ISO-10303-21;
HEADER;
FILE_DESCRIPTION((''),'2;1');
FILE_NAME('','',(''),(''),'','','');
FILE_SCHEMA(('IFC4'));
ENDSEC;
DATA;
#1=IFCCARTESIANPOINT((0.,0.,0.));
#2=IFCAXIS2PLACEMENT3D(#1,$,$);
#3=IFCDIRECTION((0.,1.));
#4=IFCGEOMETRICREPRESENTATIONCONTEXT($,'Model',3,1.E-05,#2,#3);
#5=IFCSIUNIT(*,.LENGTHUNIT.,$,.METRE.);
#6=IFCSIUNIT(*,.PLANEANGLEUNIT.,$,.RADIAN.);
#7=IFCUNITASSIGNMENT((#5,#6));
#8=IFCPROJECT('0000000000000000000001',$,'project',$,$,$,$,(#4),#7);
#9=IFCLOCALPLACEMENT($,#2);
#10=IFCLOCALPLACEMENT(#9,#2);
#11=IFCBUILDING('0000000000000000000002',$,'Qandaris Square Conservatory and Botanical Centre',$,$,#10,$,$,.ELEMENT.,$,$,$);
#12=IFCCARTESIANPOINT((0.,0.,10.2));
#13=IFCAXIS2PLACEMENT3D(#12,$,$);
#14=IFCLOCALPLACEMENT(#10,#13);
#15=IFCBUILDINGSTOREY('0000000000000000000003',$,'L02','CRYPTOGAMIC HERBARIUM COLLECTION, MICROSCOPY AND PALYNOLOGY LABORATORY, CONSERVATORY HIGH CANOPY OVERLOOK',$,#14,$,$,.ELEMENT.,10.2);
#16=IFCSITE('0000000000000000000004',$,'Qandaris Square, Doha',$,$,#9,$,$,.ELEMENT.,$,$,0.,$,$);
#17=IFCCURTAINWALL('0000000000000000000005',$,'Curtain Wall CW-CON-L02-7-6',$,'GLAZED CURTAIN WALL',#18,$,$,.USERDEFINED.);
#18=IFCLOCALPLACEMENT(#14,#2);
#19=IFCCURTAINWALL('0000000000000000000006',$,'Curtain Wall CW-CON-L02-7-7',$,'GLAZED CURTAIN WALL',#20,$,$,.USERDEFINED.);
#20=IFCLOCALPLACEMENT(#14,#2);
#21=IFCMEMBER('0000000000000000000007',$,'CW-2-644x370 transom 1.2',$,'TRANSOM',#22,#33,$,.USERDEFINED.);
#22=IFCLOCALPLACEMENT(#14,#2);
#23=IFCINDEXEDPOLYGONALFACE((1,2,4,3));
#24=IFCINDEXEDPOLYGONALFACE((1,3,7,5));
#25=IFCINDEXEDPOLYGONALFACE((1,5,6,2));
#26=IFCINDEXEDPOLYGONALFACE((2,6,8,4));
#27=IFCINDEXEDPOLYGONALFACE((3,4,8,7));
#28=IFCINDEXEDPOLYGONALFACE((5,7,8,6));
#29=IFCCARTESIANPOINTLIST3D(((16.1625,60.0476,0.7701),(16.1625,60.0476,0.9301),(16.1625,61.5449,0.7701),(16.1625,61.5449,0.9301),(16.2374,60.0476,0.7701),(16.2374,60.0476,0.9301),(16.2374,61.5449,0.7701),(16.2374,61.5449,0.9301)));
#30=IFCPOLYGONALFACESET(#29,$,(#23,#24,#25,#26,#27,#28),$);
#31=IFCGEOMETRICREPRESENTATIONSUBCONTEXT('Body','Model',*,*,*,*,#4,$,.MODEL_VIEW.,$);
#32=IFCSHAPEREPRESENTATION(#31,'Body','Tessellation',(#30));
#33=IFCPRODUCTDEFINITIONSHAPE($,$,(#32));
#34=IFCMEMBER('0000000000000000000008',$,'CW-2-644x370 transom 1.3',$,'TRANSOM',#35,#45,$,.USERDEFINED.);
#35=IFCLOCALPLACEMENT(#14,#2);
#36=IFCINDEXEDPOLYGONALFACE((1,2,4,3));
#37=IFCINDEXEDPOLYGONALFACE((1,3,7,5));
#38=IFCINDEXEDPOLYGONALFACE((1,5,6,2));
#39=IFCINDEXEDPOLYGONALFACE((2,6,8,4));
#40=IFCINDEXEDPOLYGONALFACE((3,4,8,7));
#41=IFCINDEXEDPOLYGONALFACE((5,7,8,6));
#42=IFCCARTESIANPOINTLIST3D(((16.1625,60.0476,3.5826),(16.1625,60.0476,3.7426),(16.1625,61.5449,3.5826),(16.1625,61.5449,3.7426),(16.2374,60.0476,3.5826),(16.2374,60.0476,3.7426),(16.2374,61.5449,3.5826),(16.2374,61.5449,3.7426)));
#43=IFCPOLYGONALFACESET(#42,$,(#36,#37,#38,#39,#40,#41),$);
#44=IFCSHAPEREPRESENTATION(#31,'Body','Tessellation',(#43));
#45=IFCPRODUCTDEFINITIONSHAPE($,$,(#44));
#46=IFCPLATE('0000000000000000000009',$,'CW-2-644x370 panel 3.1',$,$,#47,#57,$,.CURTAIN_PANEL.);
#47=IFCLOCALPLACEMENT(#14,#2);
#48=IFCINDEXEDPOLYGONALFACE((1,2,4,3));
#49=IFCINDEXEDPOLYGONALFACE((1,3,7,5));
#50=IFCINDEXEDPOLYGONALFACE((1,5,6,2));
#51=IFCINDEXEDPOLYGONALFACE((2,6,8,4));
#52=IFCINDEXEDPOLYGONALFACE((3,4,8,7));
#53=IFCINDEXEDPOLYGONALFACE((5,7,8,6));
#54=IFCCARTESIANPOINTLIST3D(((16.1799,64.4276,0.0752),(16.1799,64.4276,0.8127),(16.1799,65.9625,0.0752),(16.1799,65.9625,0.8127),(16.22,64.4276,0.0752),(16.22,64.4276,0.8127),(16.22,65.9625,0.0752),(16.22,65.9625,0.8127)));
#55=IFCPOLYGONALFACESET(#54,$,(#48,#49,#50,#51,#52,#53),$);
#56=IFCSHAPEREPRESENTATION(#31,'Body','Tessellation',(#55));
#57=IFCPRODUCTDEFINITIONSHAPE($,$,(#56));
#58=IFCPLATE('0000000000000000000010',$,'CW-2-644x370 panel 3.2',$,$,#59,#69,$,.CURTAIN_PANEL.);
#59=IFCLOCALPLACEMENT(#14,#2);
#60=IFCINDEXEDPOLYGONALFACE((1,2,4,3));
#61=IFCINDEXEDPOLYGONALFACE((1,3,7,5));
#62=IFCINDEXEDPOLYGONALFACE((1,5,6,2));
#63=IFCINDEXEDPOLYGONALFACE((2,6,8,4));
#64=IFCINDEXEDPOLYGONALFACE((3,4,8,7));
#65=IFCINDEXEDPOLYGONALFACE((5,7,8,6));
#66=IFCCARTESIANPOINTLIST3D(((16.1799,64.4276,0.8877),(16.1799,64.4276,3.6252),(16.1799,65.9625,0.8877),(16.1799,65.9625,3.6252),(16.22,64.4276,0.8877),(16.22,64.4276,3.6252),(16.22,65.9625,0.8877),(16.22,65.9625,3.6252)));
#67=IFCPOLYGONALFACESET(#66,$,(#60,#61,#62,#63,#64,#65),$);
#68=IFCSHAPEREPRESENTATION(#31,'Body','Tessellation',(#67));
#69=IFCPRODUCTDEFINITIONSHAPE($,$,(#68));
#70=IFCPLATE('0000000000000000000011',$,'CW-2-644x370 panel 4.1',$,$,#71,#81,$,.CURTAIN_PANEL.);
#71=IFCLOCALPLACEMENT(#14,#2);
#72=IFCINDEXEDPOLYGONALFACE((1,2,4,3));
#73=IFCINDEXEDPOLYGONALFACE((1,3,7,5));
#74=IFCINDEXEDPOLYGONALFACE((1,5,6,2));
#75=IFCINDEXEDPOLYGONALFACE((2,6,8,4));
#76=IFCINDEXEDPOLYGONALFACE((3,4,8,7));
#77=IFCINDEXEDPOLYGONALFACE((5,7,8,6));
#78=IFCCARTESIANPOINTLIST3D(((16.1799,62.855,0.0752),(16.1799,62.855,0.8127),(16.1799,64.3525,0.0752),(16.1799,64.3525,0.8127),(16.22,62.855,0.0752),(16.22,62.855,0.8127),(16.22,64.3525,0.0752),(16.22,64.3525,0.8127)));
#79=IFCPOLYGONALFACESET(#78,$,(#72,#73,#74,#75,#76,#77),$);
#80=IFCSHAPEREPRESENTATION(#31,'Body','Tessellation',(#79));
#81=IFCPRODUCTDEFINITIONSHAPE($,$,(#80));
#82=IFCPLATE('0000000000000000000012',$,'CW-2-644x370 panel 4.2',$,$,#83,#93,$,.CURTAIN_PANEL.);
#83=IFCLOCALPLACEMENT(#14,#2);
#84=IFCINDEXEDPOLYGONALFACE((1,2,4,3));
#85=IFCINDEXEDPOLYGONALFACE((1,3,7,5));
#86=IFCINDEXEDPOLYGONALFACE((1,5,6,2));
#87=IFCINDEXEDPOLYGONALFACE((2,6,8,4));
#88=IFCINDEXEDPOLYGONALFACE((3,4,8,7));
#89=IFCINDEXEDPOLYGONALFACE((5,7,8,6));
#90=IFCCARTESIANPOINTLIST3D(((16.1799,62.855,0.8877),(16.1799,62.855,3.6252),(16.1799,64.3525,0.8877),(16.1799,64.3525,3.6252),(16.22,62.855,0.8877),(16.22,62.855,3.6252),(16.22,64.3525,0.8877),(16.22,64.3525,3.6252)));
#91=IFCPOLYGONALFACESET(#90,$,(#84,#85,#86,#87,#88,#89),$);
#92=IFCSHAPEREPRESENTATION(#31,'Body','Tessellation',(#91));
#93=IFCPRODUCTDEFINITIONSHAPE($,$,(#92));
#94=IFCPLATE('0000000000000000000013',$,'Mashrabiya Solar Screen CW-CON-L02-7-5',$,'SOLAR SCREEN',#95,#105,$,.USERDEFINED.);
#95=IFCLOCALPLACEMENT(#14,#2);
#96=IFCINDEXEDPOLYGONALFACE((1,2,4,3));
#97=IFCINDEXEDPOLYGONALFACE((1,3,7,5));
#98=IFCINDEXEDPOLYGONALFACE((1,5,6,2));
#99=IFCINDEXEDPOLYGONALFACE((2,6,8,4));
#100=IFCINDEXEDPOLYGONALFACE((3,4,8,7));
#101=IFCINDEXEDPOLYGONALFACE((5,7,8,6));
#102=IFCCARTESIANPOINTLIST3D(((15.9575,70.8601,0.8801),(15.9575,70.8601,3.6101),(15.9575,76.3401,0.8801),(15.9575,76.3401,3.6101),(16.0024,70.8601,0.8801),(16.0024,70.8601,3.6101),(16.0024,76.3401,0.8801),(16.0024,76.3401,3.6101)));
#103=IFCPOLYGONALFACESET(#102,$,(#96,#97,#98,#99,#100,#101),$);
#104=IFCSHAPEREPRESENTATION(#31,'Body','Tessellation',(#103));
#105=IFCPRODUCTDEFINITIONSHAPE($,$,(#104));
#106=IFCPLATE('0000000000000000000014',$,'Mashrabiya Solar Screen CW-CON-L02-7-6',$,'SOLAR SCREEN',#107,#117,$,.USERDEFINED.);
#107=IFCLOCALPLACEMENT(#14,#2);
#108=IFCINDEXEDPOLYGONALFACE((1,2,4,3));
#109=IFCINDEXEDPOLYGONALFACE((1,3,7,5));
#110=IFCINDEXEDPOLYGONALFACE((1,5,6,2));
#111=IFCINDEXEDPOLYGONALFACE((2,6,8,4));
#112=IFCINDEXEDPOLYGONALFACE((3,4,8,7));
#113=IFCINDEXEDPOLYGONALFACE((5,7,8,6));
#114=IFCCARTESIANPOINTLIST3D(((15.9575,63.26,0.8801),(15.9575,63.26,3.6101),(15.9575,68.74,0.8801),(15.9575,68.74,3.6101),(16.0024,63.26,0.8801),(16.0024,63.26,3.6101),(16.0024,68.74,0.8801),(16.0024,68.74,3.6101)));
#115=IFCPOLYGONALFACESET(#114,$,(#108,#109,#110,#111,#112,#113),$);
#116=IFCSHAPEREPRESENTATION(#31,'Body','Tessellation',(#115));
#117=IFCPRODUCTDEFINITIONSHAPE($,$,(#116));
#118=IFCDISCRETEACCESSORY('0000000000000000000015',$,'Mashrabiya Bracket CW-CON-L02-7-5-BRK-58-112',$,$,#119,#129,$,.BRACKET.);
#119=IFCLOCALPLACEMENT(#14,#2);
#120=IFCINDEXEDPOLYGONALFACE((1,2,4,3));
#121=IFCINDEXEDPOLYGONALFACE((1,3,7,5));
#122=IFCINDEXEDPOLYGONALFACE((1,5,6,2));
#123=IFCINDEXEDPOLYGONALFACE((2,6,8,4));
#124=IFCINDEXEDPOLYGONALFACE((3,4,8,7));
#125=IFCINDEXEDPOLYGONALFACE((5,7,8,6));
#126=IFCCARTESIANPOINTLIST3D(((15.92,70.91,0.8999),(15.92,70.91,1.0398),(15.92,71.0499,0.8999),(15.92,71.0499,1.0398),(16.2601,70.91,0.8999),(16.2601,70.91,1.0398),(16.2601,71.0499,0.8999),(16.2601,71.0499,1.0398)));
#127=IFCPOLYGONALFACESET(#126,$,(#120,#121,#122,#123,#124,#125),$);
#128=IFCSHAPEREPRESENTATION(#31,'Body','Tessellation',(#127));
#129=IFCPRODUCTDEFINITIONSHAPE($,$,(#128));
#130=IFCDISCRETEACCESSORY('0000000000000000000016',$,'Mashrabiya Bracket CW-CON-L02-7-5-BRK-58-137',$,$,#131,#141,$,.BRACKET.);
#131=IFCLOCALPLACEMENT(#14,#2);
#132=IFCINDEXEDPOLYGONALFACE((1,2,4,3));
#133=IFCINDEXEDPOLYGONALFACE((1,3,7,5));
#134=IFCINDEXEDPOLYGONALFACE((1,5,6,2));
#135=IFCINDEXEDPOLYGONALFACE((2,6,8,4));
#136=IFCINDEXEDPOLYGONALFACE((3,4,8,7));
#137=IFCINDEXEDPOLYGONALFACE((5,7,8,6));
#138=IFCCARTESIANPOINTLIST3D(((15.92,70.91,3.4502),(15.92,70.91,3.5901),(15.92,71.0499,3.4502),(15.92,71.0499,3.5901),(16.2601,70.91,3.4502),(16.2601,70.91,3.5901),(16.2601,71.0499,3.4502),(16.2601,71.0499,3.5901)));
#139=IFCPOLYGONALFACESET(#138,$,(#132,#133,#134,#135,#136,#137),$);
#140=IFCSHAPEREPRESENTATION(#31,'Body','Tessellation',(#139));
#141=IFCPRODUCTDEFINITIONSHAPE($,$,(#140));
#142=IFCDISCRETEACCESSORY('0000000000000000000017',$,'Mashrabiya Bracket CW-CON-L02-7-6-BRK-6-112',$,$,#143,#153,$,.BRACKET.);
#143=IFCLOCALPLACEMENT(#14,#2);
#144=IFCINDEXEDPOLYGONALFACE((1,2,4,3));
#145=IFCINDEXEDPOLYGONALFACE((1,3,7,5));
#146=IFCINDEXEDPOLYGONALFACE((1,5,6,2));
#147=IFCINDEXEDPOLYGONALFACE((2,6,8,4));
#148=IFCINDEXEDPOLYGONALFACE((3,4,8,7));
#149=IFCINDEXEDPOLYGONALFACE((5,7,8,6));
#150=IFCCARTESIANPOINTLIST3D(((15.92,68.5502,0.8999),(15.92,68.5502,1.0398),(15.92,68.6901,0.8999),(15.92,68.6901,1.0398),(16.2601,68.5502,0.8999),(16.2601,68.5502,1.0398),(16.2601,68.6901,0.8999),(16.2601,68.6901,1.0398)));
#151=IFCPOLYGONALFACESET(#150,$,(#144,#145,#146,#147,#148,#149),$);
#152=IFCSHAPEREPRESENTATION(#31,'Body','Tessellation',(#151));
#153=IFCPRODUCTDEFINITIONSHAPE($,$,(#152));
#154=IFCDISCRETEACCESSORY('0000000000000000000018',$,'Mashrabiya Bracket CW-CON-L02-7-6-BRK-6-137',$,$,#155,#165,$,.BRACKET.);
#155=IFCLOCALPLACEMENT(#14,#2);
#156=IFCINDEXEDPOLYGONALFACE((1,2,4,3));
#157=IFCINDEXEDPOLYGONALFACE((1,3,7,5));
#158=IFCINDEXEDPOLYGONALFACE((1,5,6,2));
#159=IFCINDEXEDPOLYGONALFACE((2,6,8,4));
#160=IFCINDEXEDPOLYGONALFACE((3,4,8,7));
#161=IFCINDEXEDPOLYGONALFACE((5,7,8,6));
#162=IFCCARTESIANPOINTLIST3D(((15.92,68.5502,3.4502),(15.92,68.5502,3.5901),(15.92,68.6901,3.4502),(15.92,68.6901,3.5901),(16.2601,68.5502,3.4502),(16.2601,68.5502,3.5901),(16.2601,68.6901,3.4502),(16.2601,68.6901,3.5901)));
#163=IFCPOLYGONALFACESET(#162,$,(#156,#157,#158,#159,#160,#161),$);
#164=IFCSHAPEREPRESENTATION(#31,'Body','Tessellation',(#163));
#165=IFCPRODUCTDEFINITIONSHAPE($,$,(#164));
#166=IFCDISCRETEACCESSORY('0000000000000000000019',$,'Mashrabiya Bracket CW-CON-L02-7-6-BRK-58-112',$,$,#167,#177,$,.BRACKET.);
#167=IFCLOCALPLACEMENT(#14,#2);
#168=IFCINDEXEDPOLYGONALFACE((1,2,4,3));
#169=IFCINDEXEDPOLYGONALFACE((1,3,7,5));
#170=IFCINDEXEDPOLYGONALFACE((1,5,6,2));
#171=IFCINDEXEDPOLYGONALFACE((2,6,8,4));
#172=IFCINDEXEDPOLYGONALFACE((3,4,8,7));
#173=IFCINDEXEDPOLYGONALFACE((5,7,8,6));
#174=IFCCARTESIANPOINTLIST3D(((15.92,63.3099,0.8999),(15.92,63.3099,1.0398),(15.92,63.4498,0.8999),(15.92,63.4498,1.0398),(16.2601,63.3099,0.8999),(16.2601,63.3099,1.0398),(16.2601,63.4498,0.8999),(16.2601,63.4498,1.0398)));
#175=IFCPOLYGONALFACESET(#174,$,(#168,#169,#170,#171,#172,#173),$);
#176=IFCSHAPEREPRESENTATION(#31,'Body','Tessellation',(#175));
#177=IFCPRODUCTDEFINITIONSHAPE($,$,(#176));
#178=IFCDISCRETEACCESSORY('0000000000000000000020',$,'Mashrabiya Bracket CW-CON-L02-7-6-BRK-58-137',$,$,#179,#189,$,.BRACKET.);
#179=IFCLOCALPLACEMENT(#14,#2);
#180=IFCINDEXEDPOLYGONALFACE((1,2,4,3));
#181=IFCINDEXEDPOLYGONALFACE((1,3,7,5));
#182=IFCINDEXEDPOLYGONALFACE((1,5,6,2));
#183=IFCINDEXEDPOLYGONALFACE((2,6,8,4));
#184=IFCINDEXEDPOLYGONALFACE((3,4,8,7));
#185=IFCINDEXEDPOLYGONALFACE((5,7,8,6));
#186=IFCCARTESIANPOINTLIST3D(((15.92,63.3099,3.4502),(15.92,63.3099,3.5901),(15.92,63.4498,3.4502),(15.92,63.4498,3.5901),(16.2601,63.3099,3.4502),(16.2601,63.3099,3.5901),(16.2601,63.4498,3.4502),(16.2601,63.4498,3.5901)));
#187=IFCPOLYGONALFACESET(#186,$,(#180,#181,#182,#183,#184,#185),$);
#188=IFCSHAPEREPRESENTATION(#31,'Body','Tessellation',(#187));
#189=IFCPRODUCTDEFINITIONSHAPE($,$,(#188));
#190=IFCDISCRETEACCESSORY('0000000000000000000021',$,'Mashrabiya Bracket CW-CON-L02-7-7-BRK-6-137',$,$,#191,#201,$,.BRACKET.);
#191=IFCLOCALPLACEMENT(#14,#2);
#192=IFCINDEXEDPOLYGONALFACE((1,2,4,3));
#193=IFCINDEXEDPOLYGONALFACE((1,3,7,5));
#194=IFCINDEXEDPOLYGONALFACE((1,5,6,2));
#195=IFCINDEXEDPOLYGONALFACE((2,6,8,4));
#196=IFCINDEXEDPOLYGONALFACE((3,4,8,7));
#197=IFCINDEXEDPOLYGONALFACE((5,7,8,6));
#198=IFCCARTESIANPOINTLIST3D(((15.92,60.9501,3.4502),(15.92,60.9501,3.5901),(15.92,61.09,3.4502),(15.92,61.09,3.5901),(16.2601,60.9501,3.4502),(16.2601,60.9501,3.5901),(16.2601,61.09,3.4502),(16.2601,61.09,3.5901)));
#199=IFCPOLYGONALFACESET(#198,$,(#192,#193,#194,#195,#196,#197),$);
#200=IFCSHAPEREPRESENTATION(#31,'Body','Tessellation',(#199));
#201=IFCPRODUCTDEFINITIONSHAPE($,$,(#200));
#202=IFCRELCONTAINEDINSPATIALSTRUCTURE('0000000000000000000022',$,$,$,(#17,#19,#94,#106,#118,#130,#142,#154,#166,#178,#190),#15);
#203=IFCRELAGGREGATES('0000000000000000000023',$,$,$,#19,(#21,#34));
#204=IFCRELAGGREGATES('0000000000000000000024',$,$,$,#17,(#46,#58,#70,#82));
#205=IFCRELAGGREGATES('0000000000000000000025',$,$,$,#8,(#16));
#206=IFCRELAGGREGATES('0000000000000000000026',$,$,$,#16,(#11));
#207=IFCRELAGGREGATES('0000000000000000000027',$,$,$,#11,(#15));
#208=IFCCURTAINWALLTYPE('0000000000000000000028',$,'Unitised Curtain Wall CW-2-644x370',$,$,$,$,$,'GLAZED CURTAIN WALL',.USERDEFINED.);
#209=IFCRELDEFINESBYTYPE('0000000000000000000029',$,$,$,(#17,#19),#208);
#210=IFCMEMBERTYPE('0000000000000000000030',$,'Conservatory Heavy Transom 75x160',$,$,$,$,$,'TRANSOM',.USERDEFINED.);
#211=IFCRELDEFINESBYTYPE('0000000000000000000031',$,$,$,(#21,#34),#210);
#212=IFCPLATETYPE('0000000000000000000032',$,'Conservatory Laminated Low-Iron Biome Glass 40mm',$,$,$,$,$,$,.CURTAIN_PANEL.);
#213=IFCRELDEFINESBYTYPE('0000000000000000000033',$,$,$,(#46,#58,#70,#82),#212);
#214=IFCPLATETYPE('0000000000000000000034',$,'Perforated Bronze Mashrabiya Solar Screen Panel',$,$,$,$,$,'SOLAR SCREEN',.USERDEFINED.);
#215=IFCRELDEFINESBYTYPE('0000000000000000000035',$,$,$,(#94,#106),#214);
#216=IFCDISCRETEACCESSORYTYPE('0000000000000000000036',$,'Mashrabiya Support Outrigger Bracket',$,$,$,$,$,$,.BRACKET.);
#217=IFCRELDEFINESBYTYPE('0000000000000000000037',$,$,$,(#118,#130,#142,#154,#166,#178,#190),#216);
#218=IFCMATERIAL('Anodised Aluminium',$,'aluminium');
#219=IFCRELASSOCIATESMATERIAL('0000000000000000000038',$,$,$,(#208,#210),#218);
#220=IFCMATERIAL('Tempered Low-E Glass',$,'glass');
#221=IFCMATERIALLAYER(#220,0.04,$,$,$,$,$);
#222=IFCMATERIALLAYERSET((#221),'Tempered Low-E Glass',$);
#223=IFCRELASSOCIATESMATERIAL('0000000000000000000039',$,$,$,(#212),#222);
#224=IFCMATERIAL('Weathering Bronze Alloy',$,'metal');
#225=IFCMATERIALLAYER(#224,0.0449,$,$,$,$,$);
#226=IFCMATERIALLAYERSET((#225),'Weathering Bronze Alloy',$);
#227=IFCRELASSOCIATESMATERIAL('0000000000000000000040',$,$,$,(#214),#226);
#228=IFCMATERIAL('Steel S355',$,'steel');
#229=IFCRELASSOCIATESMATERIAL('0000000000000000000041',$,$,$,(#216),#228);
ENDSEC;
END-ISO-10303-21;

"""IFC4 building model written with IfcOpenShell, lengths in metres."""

from ifc_helpers import new_model, si_unit, direction, frame, origin, origin_2d, place, context, subcontext, project, spatial, rectangle, extrude, material, layer, layer_set, material_profile, profile_set, type_object, element, aggregate, save


model = new_model("IFC4")

# Units and contexts
model_context = context("Model", 3, precision=1e-05, world=origin(), true_north=direction((0.0, 1.0)))
body_context = subcontext(model_context, "Body", "Model", "MODEL_VIEW")
ifc_project = project(units=[si_unit("LENGTHUNIT", "METRE"), si_unit("PLANEANGLEUNIT", "RADIAN")], contexts=[model_context])

# Site, building, storey
site_placement = place(None, origin())
site = spatial("IfcSite", under=ifc_project, at=site_placement, Name="Qandaris Square, Doha", CompositionType="ELEMENT", RefElevation=0.0)
building_placement = place(site_placement, origin())
building = spatial("IfcBuilding", under=site, at=building_placement, Name="Qandaris Square Conservatory and Botanical Centre", CompositionType="ELEMENT")
storey_placement = place(building_placement, frame((0.0, 0.0, 10.2)))
storey = spatial("IfcBuildingStorey", under=building, at=storey_placement, Name="L02", Description="CRYPTOGAMIC HERBARIUM COLLECTION, MICROSCOPY AND PALYNOLOGY LABORATORY, CONSERVATORY HIGH CANOPY OVERLOOK", CompositionType="ELEMENT", Elevation=10.2)

# Curtain wall
ifc_material_1 = material(Name="Anodised Aluminium", Category="aluminium")
curtain_wall_type = type_object("IfcCurtainWallType", Name="Unitised Curtain Wall CW-2-644x370", ElementType="GLAZED CURTAIN WALL", PredefinedType="USERDEFINED", material=ifc_material_1)
curtain_wall_1_placement = place(storey_placement, origin())
curtain_wall_1 = element("IfcCurtainWall", 1, at=curtain_wall_1_placement, inside=storey, type_object=curtain_wall_type, Name="Curtain Wall CW-CON-L02-7-6", ObjectType="GLAZED CURTAIN WALL", PredefinedType="USERDEFINED")

# Curtain wall
curtain_wall_2_placement = place(storey_placement, origin())
curtain_wall_2 = element("IfcCurtainWall", 2, at=curtain_wall_2_placement, inside=storey, type_object=curtain_wall_type, Name="Curtain Wall CW-CON-L02-7-7", ObjectType="GLAZED CURTAIN WALL", PredefinedType="USERDEFINED")

# Members
ifc_material_profile_1 = material_profile(ifc_material_1, rectangle(XDim=0.075, YDim=0.1599, at=origin_2d()), Name="ALU-TRN 75x160")
ifc_profile_set_1 = profile_set([ifc_material_profile_1], Name="Anodised Aluminium")
member_type_1 = type_object("IfcMemberType", Name="Conservatory Heavy Transom 75x160", ElementType="TRANSOM", PredefinedType="USERDEFINED", material=ifc_profile_set_1)
member_1_placement = place(storey_placement, frame((16.2, 61.5449, 0.8501), z_axis=(0.0, -1.0, 0.0), x_axis=(1.0, 0.0, 0.0)))
member_1 = element("IfcMember", 3, at=member_1_placement, type_object=member_type_1, Name="CW-2-644x370 transom 1.2", ObjectType="TRANSOM", PredefinedType="USERDEFINED", context=body_context, shape_type="SweptSolid", body=[
    extrude(rectangle(XDim=0.075, YDim=0.1599, at=origin_2d()), origin(), (0.0, 0.0, 1.0), 1.4973),
])
member_2_placement = place(storey_placement, frame((16.2, 61.5449, 3.6626), z_axis=(0.0, -1.0, 0.0), x_axis=(1.0, 0.0, 0.0)))
member_2 = element("IfcMember", 4, at=member_2_placement, type_object=member_type_1, Name="CW-2-644x370 transom 1.3", ObjectType="TRANSOM", PredefinedType="USERDEFINED", context=body_context, shape_type="SweptSolid", body=[
    extrude(rectangle(XDim=0.075, YDim=0.1599, at=origin_2d()), origin(), (0.0, 0.0, 1.0), 1.4973),
])
aggregate(curtain_wall_2, [member_1, member_2])

# Plates
ifc_material_2 = material(Name="Tempered Low-E Glass", Category="glass")
ifc_layer_1 = layer(ifc_material_2, 0.04)
ifc_layer_set_1 = layer_set([ifc_layer_1], Name="Tempered Low-E Glass")
plate_type_1 = type_object("IfcPlateType", Name="Conservatory Laminated Low-Iron Biome Glass 40mm", PredefinedType="CURTAIN_PANEL", material=ifc_layer_set_1)
plate_1_placement = place(storey_placement, frame((16.2, 65.1951, 0.0752), z_axis=(0.0, 0.0, 1.0), x_axis=(0.0, -1.0, 0.0)))
plate_1 = element("IfcPlate", 5, at=plate_1_placement, type_object=plate_type_1, Name="CW-2-644x370 panel 3.1", PredefinedType="CURTAIN_PANEL", context=body_context, shape_type="SweptSolid", body=[
    extrude(rectangle(XDim=1.5349, YDim=0.04, at=origin_2d()), origin(), (0.0, 0.0, 1.0), 0.7375),
])
plate_2_placement = place(storey_placement, frame((16.2, 65.1951, 0.8877), z_axis=(0.0, 0.0, 1.0), x_axis=(0.0, -1.0, 0.0)))
plate_2 = element("IfcPlate", 6, at=plate_2_placement, type_object=plate_type_1, Name="CW-2-644x370 panel 3.2", PredefinedType="CURTAIN_PANEL", context=body_context, shape_type="SweptSolid", body=[
    extrude(rectangle(XDim=1.5349, YDim=0.04, at=origin_2d()), origin(), (0.0, 0.0, 1.0), 2.7375),
])
plate_3_placement = place(storey_placement, frame((16.2, 63.6038, 0.0752), z_axis=(0.0, 0.0, 1.0), x_axis=(0.0, -1.0, 0.0)))
plate_3 = element("IfcPlate", 7, at=plate_3_placement, type_object=plate_type_1, Name="CW-2-644x370 panel 4.1", PredefinedType="CURTAIN_PANEL", context=body_context, shape_type="SweptSolid", body=[
    extrude(rectangle(XDim=1.4976, YDim=0.04, at=origin_2d()), origin(), (0.0, 0.0, 1.0), 0.7375),
])
plate_4_placement = place(storey_placement, frame((16.2, 63.6038, 0.8877), z_axis=(0.0, 0.0, 1.0), x_axis=(0.0, -1.0, 0.0)))
plate_4 = element("IfcPlate", 8, at=plate_4_placement, type_object=plate_type_1, Name="CW-2-644x370 panel 4.2", PredefinedType="CURTAIN_PANEL", context=body_context, shape_type="SweptSolid", body=[
    extrude(rectangle(XDim=1.4976, YDim=0.04, at=origin_2d()), origin(), (0.0, 0.0, 1.0), 2.7375),
])
aggregate(curtain_wall_1, [plate_1, plate_2, plate_3, plate_4])

# Plates
ifc_material_3 = material(Name="Weathering Bronze Alloy", Category="metal")
ifc_layer_2 = layer(ifc_material_3, 0.0449)
ifc_layer_set_2 = layer_set([ifc_layer_2], Name="Weathering Bronze Alloy")
plate_type_2 = type_object("IfcPlateType", Name="Perforated Bronze Mashrabiya Solar Screen Panel", ElementType="SOLAR SCREEN", PredefinedType="USERDEFINED", material=ifc_layer_set_2)
for number, where, z_axis, x_axis, name in (
    (9, (15.98, 73.6001, 0.8801), (0.0, 0.0, 1.0), (0.0, -1.0, 0.0), "Mashrabiya Solar Screen CW-CON-L02-7-5"),
    (10, (15.98, 66.0, 0.8801), (0.0, 0.0, 1.0), (0.0, -1.0, 0.0), "Mashrabiya Solar Screen CW-CON-L02-7-6"),
):
    element("IfcPlate", number, at=place(storey_placement, frame(where, z_axis=z_axis, x_axis=x_axis)), inside=storey, type_object=plate_type_2, Name=name, ObjectType="SOLAR SCREEN", PredefinedType="USERDEFINED", context=body_context, shape_type="SweptSolid", body=[
        extrude(rectangle(XDim=5.48, YDim=0.0449, at=origin_2d()), origin(), (0.0, 0.0, 1.0), 2.73),
    ])

# Discrete accessories
ifc_material_4 = material(Name="Steel S355", Category="steel")
discrete_accessory_type = type_object("IfcDiscreteAccessoryType", Name="Mashrabiya Support Outrigger Bracket", PredefinedType="BRACKET", material=ifc_material_4)
for number, where, z_axis, x_axis, name in (
    (11, (16.0901, 70.98, 0.8999), (0.0, 0.0, 1.0), (0.0, -1.0, 0.0), "Mashrabiya Bracket CW-CON-L02-7-5-BRK-58-112"),
    (12, (16.0901, 70.98, 3.4502), (0.0, 0.0, 1.0), (0.0, -1.0, 0.0), "Mashrabiya Bracket CW-CON-L02-7-5-BRK-58-137"),
    (13, (16.0901, 68.6201, 0.8999), (0.0, 0.0, 1.0), (0.0, -1.0, 0.0), "Mashrabiya Bracket CW-CON-L02-7-6-BRK-6-112"),
    (14, (16.0901, 68.6201, 3.4502), (0.0, 0.0, 1.0), (0.0, -1.0, 0.0), "Mashrabiya Bracket CW-CON-L02-7-6-BRK-6-137"),
    (15, (16.0901, 63.3799, 0.8999), (0.0, 0.0, 1.0), (0.0, -1.0, 0.0), "Mashrabiya Bracket CW-CON-L02-7-6-BRK-58-112"),
    (16, (16.0901, 63.3799, 3.4502), (0.0, 0.0, 1.0), (0.0, -1.0, 0.0), "Mashrabiya Bracket CW-CON-L02-7-6-BRK-58-137"),
    (17, (16.0901, 61.02, 3.4502), (0.0, 0.0, 1.0), (0.0, -1.0, 0.0), "Mashrabiya Bracket CW-CON-L02-7-7-BRK-6-137"),
):
    element("IfcDiscreteAccessory", number, at=place(storey_placement, frame(where, z_axis=z_axis, x_axis=x_axis)), inside=storey, type_object=discrete_accessory_type, Name=name, PredefinedType="BRACKET", context=body_context, shape_type="SweptSolid", body=[
        extrude(rectangle(XDim=0.1399, YDim=0.3401, at=origin_2d()), origin(), (0.0, 0.0, 1.0), 0.1399),
    ])

save(model, "model.ifc")
